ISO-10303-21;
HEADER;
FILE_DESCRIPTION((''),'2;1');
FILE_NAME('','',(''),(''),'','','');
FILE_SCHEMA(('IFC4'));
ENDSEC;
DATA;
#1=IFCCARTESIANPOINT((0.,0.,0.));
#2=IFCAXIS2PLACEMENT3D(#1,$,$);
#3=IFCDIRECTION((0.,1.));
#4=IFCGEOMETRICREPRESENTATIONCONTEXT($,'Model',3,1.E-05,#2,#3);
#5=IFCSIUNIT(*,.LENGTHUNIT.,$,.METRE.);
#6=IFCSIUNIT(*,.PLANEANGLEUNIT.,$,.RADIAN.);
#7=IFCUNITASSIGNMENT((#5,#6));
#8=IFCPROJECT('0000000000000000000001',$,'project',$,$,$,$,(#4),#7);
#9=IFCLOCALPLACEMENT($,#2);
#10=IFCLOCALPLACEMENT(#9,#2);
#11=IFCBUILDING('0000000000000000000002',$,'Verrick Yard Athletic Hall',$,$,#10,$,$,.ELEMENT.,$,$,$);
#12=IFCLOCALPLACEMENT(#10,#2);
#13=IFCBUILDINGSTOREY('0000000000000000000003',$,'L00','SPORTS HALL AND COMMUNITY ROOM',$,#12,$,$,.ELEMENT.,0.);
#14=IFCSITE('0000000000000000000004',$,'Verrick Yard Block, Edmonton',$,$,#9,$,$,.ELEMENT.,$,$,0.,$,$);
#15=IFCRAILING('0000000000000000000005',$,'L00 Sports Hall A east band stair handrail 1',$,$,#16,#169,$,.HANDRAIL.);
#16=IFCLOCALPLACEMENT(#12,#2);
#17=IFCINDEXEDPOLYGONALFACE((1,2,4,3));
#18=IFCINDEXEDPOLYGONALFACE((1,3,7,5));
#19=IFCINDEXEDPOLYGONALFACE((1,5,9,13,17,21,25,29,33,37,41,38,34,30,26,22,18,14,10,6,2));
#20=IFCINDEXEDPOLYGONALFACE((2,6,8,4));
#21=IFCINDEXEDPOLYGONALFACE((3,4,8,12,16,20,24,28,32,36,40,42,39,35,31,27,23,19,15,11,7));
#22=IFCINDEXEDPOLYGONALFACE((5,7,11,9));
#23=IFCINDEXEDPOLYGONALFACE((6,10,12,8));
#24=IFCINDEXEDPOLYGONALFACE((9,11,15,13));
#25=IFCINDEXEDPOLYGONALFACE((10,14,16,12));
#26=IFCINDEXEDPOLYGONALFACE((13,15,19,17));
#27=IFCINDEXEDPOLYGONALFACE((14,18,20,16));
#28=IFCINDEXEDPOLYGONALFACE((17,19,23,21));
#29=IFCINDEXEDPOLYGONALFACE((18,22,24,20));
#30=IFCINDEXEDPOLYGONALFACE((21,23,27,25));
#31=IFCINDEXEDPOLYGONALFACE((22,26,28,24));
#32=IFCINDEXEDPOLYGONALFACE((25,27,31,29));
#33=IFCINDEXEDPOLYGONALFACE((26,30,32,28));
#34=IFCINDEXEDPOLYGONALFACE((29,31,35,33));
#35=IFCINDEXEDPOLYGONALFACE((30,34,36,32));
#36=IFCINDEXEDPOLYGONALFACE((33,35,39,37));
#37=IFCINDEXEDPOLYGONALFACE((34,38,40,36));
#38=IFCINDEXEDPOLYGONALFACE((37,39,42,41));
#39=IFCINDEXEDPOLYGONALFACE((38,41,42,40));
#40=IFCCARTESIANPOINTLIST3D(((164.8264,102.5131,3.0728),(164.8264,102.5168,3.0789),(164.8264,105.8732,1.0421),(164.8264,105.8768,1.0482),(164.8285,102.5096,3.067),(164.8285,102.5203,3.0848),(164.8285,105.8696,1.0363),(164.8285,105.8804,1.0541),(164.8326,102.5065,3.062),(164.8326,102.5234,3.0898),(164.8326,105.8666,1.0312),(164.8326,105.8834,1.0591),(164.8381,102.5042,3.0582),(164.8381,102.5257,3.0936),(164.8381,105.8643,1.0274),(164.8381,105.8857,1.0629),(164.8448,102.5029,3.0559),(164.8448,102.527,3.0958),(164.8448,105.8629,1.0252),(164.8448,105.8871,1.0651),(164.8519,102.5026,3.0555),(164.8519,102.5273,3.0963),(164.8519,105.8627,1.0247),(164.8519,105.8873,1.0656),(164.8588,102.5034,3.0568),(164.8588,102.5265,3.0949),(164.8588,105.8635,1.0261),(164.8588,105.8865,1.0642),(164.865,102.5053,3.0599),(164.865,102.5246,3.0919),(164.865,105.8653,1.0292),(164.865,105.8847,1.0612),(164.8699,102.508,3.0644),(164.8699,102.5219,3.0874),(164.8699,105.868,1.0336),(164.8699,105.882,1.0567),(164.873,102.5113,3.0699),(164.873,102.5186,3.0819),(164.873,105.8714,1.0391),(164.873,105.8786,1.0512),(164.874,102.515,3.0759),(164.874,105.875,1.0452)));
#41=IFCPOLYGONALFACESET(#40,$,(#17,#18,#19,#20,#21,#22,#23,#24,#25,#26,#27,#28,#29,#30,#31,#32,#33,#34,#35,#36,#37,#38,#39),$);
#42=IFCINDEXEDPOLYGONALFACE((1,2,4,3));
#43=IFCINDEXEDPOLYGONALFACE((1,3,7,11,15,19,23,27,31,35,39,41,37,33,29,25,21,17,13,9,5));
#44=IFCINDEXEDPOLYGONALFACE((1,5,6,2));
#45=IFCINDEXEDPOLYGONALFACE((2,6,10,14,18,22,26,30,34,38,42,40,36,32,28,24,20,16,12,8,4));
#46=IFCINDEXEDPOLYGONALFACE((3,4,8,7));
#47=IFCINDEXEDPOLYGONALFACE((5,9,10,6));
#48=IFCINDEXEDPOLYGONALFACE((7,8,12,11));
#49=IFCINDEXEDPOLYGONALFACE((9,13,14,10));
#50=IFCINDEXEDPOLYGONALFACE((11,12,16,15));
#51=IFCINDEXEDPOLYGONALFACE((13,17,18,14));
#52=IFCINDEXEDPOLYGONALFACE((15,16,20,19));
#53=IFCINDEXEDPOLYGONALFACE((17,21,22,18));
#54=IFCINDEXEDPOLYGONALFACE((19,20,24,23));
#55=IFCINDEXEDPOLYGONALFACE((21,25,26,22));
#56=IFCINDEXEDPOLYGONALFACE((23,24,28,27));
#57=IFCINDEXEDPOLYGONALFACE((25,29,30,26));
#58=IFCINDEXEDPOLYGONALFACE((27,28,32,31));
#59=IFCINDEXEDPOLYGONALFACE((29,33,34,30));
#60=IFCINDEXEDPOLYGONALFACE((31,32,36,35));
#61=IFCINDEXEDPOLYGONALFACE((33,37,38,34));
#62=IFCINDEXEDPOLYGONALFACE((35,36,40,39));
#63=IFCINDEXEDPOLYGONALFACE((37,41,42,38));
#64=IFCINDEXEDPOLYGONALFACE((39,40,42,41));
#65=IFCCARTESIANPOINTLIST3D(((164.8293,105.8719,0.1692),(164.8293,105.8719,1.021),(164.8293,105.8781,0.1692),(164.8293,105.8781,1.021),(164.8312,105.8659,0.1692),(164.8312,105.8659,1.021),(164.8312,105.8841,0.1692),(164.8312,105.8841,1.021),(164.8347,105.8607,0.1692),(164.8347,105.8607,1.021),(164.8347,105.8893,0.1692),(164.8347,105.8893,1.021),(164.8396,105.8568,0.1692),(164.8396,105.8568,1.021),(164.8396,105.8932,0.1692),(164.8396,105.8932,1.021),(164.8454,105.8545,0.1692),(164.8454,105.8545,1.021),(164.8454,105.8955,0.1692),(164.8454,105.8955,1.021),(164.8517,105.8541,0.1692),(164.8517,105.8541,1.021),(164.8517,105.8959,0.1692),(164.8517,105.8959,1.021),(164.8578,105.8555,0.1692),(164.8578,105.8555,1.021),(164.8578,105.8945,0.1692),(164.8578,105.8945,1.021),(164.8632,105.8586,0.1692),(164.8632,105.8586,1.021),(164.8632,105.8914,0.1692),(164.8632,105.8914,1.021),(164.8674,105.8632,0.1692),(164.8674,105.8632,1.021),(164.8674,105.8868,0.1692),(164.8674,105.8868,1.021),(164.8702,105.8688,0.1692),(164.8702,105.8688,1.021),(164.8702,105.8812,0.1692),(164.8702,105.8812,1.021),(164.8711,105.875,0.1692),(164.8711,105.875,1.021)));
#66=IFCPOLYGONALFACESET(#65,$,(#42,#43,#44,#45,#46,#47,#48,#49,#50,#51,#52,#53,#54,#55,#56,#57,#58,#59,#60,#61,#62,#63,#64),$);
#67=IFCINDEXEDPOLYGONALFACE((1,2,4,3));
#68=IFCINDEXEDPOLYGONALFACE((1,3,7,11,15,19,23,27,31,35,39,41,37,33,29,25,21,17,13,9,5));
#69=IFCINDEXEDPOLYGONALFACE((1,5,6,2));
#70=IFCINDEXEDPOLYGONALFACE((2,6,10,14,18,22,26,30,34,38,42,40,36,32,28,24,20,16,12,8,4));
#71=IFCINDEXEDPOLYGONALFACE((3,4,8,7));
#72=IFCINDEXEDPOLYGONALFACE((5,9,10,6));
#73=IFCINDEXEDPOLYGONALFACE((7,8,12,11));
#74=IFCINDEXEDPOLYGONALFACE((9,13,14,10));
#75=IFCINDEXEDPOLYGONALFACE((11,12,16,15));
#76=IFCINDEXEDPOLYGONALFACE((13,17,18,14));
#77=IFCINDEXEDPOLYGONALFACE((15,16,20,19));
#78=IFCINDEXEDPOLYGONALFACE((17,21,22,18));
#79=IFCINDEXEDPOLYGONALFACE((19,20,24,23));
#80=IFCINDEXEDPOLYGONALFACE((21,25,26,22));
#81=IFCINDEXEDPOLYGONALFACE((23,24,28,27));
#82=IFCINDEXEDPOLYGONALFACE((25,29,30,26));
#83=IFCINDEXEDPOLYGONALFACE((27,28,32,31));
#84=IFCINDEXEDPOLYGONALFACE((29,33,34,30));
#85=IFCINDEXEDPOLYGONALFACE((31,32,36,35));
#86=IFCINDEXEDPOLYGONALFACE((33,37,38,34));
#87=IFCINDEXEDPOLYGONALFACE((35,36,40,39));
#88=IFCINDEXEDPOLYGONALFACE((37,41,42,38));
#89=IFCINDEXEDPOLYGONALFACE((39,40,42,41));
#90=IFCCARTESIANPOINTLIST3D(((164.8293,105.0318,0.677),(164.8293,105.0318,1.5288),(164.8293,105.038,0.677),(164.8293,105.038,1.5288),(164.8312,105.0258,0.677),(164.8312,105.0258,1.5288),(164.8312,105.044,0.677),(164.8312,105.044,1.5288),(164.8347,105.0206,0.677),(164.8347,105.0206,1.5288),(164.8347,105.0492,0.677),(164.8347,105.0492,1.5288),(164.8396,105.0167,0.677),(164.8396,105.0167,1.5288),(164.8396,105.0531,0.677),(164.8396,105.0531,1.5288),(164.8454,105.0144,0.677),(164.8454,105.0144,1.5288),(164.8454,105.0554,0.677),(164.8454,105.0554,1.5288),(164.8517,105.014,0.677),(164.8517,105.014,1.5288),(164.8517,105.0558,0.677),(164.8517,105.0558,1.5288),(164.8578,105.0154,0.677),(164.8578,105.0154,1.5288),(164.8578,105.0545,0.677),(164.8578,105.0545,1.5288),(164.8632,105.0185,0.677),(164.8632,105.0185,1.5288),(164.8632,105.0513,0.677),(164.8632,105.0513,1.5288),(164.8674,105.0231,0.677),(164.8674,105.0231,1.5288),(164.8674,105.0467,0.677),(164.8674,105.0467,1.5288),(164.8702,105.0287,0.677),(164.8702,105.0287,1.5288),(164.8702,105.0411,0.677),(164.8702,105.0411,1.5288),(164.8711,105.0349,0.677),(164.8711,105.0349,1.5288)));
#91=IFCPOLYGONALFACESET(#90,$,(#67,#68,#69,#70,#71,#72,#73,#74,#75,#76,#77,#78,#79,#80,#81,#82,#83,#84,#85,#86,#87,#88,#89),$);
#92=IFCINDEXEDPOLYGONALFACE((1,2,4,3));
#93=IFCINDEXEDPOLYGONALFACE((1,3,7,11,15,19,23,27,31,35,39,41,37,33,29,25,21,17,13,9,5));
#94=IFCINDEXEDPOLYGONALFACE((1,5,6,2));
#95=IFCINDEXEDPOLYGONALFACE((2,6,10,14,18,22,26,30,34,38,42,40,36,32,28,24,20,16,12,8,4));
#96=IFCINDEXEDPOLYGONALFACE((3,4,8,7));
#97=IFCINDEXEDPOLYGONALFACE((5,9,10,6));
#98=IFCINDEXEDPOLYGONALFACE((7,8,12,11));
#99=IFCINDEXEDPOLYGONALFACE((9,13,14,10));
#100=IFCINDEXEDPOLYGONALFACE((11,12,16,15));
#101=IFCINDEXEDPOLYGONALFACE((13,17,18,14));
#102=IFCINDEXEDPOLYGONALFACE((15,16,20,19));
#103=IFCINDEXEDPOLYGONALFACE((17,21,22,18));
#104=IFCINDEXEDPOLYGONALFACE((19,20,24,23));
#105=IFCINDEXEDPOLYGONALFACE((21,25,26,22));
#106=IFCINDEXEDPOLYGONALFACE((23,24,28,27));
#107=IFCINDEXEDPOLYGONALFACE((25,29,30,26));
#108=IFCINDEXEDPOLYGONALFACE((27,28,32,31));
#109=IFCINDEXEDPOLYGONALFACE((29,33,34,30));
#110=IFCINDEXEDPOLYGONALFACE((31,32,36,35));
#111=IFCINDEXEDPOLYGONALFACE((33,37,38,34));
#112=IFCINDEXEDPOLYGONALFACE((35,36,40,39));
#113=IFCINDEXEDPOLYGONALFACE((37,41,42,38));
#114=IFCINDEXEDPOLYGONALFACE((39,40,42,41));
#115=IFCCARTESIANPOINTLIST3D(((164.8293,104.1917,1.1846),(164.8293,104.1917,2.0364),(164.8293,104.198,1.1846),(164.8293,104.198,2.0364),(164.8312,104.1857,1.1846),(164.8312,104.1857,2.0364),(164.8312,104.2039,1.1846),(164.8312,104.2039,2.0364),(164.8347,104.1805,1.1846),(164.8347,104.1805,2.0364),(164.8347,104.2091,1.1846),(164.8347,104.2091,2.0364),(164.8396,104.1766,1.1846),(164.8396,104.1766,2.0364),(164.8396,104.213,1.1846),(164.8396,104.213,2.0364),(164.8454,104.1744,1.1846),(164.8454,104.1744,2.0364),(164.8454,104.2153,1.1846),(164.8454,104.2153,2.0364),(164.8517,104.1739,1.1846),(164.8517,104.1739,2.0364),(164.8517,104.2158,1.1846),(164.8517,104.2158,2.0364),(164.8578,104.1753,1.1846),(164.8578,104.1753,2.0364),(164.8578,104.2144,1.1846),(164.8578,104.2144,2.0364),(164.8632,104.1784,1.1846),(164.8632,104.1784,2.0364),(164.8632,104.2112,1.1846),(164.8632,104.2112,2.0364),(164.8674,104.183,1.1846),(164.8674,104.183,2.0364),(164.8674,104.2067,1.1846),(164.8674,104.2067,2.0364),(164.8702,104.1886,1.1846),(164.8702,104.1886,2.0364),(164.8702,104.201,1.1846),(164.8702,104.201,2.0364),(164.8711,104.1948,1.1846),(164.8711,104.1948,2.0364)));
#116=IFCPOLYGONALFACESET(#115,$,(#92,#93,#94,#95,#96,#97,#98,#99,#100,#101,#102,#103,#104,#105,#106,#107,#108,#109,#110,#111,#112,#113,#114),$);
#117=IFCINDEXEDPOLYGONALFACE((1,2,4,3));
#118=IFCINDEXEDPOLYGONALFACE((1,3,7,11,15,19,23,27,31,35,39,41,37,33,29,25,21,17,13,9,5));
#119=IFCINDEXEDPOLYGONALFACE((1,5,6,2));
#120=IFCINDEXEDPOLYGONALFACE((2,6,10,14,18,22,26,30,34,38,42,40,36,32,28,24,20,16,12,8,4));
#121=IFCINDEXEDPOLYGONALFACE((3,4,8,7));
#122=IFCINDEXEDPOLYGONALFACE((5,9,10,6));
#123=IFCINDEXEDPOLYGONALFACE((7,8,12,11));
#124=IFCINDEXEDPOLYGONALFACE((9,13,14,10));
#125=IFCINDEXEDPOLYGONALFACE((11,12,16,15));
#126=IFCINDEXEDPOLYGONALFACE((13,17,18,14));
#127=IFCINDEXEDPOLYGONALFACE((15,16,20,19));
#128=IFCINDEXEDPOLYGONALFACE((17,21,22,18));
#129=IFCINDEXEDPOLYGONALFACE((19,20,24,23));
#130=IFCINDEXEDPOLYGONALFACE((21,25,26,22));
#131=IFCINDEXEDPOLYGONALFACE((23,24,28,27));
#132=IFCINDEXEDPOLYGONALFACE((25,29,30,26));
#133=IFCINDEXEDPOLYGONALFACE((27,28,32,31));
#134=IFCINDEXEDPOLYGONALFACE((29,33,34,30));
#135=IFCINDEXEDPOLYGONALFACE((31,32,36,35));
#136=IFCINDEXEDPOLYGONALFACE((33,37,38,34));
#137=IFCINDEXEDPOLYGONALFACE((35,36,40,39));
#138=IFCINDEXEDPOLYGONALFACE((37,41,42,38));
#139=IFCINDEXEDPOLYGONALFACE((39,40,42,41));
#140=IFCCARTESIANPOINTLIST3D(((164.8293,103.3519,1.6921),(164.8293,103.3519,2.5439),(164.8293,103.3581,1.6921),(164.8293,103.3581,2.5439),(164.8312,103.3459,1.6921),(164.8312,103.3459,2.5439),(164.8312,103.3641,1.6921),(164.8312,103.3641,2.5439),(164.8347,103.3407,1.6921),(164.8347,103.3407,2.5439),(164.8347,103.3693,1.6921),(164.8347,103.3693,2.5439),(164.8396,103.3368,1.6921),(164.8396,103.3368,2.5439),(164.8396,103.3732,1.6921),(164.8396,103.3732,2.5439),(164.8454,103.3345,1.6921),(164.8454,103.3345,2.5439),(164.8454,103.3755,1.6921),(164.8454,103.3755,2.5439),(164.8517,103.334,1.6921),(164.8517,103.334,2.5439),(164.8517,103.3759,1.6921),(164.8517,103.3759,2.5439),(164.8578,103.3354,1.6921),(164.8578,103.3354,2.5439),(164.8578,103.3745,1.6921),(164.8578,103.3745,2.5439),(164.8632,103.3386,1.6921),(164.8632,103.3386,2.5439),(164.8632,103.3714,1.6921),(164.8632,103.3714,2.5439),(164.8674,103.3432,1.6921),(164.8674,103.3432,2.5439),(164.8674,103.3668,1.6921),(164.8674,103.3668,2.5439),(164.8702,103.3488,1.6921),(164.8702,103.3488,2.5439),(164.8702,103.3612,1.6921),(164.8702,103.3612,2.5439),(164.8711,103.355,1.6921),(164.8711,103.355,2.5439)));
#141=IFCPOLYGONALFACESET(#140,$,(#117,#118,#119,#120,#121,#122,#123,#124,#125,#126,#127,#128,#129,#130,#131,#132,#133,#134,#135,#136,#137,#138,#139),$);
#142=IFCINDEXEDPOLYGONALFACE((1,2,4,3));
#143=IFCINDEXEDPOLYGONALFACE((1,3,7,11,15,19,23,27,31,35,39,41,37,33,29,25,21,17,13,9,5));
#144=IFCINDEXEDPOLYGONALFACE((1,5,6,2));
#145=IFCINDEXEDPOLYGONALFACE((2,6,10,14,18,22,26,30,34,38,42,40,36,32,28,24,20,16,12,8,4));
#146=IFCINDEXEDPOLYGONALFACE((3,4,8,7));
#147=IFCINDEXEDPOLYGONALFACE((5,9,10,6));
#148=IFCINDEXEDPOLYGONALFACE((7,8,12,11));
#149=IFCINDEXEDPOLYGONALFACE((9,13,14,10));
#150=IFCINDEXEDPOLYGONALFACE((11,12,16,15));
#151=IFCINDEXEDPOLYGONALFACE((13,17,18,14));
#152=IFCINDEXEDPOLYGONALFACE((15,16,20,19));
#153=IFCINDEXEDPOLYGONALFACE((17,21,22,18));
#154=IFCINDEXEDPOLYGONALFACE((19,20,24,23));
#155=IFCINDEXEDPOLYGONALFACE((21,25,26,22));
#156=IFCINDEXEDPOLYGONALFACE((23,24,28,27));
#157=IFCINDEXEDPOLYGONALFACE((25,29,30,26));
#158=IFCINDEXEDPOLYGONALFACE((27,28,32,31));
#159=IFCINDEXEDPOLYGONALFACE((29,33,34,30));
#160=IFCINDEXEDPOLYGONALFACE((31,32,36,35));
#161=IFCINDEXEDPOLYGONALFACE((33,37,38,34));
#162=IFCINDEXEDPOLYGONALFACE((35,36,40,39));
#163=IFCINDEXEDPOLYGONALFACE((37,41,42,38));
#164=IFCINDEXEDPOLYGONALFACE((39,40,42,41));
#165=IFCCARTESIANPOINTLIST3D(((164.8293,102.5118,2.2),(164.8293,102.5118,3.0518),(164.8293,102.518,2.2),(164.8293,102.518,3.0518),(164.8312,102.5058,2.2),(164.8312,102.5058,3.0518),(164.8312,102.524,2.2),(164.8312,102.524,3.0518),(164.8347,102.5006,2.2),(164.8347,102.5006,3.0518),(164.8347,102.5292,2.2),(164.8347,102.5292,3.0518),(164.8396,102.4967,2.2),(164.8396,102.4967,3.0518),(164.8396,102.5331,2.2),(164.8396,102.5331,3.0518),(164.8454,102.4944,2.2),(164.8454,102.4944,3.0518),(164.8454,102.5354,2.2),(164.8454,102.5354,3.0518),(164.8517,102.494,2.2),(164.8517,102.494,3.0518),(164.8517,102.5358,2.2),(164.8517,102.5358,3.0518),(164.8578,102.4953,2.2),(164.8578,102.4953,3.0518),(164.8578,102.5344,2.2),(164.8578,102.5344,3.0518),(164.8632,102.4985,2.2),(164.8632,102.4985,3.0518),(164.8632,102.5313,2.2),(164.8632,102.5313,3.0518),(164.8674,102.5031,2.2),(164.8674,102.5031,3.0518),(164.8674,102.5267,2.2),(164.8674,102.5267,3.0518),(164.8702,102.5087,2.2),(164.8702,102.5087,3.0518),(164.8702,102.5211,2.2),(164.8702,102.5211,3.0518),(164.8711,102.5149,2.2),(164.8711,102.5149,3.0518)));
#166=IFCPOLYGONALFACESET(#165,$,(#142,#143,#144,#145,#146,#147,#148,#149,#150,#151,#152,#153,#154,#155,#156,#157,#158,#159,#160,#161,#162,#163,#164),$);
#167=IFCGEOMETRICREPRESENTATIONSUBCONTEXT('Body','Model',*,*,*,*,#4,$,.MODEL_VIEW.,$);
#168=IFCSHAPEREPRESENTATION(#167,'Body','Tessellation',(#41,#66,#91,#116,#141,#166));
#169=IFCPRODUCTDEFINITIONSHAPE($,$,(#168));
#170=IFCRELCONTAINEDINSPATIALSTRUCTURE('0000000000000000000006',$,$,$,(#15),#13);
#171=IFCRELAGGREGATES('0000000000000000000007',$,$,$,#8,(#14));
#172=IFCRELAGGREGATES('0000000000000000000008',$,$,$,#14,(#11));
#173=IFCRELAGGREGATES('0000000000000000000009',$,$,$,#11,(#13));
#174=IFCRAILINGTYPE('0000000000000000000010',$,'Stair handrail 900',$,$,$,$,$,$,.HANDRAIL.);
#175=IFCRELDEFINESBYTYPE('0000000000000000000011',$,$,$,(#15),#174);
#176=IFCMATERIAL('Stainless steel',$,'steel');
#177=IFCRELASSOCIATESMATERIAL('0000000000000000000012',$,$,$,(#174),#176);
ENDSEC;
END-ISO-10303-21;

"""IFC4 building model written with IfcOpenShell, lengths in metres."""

from ifc_helpers import new_model, si_unit, direction, frame, origin, origin_2d, place, context, subcontext, project, spatial, circle, extrude, material, type_object, element, save


model = new_model("IFC4")

# Units and contexts
model_context = context("Model", 3, precision=1e-05, world=origin(), true_north=direction((0.0, 1.0)))
body_context = subcontext(model_context, "Body", "Model", "MODEL_VIEW")
ifc_project = project(units=[si_unit("LENGTHUNIT", "METRE"), si_unit("PLANEANGLEUNIT", "RADIAN")], contexts=[model_context])

# Site, building, storey
site_placement = place(None, origin())
site = spatial("IfcSite", under=ifc_project, at=site_placement, Name="Verrick Yard Block, Edmonton", CompositionType="ELEMENT", RefElevation=0.0)
building_placement = place(site_placement, origin())
building = spatial("IfcBuilding", under=site, at=building_placement, Name="Verrick Yard Athletic Hall", CompositionType="ELEMENT")
storey_placement = place(building_placement, origin())
storey = spatial("IfcBuildingStorey", under=building, at=storey_placement, Name="L00", Description="SPORTS HALL AND COMMUNITY ROOM", CompositionType="ELEMENT", Elevation=0.0)

# Railing
ifc_material_1 = material(Name="Stainless steel", Category="steel")
railing_type_1 = type_object("IfcRailingType", Name="Stair handrail 900", PredefinedType="HANDRAIL", material=ifc_material_1)
railing_1_placement = place(storey_placement, frame((164.8501, 105.875, 0.1692)))
element("IfcRailing", 1, at=railing_1_placement, inside=storey, type_object=railing_type_1, Name="L00 Sports Hall A east band stair handrail 1", PredefinedType="HANDRAIL", context=body_context, shape_type="SweptSolid", body=[
    extrude(circle(Radius=0.0239, at=origin_2d()), frame((0.0, 0.0, 0.876), z_axis=(0.0, -0.855837, 0.517246), x_axis=(1.0, 0.0, 0.0)), (0.0, 0.0, 1.0), 3.926),
    extrude(circle(Radius=0.021, at=origin_2d()), origin(), (0.0, 0.0, 1.0), 0.8518),
    extrude(circle(Radius=0.021, at=origin_2d()), frame((0.0, -0.8401, 0.5078)), (0.0, 0.0, 1.0), 0.8518),
    extrude(circle(Radius=0.021, at=origin_2d()), frame((0.0, -1.6802, 1.0154)), (0.0, 0.0, 1.0), 0.8518),
    extrude(circle(Radius=0.021, at=origin_2d()), frame((0.0, -2.52, 1.5229)), (0.0, 0.0, 1.0), 0.8518),
    extrude(circle(Radius=0.021, at=origin_2d()), frame((0.0, -3.3601, 2.0308)), (0.0, 0.0, 1.0), 0.8518),
])

save(model, "model.ifc")
